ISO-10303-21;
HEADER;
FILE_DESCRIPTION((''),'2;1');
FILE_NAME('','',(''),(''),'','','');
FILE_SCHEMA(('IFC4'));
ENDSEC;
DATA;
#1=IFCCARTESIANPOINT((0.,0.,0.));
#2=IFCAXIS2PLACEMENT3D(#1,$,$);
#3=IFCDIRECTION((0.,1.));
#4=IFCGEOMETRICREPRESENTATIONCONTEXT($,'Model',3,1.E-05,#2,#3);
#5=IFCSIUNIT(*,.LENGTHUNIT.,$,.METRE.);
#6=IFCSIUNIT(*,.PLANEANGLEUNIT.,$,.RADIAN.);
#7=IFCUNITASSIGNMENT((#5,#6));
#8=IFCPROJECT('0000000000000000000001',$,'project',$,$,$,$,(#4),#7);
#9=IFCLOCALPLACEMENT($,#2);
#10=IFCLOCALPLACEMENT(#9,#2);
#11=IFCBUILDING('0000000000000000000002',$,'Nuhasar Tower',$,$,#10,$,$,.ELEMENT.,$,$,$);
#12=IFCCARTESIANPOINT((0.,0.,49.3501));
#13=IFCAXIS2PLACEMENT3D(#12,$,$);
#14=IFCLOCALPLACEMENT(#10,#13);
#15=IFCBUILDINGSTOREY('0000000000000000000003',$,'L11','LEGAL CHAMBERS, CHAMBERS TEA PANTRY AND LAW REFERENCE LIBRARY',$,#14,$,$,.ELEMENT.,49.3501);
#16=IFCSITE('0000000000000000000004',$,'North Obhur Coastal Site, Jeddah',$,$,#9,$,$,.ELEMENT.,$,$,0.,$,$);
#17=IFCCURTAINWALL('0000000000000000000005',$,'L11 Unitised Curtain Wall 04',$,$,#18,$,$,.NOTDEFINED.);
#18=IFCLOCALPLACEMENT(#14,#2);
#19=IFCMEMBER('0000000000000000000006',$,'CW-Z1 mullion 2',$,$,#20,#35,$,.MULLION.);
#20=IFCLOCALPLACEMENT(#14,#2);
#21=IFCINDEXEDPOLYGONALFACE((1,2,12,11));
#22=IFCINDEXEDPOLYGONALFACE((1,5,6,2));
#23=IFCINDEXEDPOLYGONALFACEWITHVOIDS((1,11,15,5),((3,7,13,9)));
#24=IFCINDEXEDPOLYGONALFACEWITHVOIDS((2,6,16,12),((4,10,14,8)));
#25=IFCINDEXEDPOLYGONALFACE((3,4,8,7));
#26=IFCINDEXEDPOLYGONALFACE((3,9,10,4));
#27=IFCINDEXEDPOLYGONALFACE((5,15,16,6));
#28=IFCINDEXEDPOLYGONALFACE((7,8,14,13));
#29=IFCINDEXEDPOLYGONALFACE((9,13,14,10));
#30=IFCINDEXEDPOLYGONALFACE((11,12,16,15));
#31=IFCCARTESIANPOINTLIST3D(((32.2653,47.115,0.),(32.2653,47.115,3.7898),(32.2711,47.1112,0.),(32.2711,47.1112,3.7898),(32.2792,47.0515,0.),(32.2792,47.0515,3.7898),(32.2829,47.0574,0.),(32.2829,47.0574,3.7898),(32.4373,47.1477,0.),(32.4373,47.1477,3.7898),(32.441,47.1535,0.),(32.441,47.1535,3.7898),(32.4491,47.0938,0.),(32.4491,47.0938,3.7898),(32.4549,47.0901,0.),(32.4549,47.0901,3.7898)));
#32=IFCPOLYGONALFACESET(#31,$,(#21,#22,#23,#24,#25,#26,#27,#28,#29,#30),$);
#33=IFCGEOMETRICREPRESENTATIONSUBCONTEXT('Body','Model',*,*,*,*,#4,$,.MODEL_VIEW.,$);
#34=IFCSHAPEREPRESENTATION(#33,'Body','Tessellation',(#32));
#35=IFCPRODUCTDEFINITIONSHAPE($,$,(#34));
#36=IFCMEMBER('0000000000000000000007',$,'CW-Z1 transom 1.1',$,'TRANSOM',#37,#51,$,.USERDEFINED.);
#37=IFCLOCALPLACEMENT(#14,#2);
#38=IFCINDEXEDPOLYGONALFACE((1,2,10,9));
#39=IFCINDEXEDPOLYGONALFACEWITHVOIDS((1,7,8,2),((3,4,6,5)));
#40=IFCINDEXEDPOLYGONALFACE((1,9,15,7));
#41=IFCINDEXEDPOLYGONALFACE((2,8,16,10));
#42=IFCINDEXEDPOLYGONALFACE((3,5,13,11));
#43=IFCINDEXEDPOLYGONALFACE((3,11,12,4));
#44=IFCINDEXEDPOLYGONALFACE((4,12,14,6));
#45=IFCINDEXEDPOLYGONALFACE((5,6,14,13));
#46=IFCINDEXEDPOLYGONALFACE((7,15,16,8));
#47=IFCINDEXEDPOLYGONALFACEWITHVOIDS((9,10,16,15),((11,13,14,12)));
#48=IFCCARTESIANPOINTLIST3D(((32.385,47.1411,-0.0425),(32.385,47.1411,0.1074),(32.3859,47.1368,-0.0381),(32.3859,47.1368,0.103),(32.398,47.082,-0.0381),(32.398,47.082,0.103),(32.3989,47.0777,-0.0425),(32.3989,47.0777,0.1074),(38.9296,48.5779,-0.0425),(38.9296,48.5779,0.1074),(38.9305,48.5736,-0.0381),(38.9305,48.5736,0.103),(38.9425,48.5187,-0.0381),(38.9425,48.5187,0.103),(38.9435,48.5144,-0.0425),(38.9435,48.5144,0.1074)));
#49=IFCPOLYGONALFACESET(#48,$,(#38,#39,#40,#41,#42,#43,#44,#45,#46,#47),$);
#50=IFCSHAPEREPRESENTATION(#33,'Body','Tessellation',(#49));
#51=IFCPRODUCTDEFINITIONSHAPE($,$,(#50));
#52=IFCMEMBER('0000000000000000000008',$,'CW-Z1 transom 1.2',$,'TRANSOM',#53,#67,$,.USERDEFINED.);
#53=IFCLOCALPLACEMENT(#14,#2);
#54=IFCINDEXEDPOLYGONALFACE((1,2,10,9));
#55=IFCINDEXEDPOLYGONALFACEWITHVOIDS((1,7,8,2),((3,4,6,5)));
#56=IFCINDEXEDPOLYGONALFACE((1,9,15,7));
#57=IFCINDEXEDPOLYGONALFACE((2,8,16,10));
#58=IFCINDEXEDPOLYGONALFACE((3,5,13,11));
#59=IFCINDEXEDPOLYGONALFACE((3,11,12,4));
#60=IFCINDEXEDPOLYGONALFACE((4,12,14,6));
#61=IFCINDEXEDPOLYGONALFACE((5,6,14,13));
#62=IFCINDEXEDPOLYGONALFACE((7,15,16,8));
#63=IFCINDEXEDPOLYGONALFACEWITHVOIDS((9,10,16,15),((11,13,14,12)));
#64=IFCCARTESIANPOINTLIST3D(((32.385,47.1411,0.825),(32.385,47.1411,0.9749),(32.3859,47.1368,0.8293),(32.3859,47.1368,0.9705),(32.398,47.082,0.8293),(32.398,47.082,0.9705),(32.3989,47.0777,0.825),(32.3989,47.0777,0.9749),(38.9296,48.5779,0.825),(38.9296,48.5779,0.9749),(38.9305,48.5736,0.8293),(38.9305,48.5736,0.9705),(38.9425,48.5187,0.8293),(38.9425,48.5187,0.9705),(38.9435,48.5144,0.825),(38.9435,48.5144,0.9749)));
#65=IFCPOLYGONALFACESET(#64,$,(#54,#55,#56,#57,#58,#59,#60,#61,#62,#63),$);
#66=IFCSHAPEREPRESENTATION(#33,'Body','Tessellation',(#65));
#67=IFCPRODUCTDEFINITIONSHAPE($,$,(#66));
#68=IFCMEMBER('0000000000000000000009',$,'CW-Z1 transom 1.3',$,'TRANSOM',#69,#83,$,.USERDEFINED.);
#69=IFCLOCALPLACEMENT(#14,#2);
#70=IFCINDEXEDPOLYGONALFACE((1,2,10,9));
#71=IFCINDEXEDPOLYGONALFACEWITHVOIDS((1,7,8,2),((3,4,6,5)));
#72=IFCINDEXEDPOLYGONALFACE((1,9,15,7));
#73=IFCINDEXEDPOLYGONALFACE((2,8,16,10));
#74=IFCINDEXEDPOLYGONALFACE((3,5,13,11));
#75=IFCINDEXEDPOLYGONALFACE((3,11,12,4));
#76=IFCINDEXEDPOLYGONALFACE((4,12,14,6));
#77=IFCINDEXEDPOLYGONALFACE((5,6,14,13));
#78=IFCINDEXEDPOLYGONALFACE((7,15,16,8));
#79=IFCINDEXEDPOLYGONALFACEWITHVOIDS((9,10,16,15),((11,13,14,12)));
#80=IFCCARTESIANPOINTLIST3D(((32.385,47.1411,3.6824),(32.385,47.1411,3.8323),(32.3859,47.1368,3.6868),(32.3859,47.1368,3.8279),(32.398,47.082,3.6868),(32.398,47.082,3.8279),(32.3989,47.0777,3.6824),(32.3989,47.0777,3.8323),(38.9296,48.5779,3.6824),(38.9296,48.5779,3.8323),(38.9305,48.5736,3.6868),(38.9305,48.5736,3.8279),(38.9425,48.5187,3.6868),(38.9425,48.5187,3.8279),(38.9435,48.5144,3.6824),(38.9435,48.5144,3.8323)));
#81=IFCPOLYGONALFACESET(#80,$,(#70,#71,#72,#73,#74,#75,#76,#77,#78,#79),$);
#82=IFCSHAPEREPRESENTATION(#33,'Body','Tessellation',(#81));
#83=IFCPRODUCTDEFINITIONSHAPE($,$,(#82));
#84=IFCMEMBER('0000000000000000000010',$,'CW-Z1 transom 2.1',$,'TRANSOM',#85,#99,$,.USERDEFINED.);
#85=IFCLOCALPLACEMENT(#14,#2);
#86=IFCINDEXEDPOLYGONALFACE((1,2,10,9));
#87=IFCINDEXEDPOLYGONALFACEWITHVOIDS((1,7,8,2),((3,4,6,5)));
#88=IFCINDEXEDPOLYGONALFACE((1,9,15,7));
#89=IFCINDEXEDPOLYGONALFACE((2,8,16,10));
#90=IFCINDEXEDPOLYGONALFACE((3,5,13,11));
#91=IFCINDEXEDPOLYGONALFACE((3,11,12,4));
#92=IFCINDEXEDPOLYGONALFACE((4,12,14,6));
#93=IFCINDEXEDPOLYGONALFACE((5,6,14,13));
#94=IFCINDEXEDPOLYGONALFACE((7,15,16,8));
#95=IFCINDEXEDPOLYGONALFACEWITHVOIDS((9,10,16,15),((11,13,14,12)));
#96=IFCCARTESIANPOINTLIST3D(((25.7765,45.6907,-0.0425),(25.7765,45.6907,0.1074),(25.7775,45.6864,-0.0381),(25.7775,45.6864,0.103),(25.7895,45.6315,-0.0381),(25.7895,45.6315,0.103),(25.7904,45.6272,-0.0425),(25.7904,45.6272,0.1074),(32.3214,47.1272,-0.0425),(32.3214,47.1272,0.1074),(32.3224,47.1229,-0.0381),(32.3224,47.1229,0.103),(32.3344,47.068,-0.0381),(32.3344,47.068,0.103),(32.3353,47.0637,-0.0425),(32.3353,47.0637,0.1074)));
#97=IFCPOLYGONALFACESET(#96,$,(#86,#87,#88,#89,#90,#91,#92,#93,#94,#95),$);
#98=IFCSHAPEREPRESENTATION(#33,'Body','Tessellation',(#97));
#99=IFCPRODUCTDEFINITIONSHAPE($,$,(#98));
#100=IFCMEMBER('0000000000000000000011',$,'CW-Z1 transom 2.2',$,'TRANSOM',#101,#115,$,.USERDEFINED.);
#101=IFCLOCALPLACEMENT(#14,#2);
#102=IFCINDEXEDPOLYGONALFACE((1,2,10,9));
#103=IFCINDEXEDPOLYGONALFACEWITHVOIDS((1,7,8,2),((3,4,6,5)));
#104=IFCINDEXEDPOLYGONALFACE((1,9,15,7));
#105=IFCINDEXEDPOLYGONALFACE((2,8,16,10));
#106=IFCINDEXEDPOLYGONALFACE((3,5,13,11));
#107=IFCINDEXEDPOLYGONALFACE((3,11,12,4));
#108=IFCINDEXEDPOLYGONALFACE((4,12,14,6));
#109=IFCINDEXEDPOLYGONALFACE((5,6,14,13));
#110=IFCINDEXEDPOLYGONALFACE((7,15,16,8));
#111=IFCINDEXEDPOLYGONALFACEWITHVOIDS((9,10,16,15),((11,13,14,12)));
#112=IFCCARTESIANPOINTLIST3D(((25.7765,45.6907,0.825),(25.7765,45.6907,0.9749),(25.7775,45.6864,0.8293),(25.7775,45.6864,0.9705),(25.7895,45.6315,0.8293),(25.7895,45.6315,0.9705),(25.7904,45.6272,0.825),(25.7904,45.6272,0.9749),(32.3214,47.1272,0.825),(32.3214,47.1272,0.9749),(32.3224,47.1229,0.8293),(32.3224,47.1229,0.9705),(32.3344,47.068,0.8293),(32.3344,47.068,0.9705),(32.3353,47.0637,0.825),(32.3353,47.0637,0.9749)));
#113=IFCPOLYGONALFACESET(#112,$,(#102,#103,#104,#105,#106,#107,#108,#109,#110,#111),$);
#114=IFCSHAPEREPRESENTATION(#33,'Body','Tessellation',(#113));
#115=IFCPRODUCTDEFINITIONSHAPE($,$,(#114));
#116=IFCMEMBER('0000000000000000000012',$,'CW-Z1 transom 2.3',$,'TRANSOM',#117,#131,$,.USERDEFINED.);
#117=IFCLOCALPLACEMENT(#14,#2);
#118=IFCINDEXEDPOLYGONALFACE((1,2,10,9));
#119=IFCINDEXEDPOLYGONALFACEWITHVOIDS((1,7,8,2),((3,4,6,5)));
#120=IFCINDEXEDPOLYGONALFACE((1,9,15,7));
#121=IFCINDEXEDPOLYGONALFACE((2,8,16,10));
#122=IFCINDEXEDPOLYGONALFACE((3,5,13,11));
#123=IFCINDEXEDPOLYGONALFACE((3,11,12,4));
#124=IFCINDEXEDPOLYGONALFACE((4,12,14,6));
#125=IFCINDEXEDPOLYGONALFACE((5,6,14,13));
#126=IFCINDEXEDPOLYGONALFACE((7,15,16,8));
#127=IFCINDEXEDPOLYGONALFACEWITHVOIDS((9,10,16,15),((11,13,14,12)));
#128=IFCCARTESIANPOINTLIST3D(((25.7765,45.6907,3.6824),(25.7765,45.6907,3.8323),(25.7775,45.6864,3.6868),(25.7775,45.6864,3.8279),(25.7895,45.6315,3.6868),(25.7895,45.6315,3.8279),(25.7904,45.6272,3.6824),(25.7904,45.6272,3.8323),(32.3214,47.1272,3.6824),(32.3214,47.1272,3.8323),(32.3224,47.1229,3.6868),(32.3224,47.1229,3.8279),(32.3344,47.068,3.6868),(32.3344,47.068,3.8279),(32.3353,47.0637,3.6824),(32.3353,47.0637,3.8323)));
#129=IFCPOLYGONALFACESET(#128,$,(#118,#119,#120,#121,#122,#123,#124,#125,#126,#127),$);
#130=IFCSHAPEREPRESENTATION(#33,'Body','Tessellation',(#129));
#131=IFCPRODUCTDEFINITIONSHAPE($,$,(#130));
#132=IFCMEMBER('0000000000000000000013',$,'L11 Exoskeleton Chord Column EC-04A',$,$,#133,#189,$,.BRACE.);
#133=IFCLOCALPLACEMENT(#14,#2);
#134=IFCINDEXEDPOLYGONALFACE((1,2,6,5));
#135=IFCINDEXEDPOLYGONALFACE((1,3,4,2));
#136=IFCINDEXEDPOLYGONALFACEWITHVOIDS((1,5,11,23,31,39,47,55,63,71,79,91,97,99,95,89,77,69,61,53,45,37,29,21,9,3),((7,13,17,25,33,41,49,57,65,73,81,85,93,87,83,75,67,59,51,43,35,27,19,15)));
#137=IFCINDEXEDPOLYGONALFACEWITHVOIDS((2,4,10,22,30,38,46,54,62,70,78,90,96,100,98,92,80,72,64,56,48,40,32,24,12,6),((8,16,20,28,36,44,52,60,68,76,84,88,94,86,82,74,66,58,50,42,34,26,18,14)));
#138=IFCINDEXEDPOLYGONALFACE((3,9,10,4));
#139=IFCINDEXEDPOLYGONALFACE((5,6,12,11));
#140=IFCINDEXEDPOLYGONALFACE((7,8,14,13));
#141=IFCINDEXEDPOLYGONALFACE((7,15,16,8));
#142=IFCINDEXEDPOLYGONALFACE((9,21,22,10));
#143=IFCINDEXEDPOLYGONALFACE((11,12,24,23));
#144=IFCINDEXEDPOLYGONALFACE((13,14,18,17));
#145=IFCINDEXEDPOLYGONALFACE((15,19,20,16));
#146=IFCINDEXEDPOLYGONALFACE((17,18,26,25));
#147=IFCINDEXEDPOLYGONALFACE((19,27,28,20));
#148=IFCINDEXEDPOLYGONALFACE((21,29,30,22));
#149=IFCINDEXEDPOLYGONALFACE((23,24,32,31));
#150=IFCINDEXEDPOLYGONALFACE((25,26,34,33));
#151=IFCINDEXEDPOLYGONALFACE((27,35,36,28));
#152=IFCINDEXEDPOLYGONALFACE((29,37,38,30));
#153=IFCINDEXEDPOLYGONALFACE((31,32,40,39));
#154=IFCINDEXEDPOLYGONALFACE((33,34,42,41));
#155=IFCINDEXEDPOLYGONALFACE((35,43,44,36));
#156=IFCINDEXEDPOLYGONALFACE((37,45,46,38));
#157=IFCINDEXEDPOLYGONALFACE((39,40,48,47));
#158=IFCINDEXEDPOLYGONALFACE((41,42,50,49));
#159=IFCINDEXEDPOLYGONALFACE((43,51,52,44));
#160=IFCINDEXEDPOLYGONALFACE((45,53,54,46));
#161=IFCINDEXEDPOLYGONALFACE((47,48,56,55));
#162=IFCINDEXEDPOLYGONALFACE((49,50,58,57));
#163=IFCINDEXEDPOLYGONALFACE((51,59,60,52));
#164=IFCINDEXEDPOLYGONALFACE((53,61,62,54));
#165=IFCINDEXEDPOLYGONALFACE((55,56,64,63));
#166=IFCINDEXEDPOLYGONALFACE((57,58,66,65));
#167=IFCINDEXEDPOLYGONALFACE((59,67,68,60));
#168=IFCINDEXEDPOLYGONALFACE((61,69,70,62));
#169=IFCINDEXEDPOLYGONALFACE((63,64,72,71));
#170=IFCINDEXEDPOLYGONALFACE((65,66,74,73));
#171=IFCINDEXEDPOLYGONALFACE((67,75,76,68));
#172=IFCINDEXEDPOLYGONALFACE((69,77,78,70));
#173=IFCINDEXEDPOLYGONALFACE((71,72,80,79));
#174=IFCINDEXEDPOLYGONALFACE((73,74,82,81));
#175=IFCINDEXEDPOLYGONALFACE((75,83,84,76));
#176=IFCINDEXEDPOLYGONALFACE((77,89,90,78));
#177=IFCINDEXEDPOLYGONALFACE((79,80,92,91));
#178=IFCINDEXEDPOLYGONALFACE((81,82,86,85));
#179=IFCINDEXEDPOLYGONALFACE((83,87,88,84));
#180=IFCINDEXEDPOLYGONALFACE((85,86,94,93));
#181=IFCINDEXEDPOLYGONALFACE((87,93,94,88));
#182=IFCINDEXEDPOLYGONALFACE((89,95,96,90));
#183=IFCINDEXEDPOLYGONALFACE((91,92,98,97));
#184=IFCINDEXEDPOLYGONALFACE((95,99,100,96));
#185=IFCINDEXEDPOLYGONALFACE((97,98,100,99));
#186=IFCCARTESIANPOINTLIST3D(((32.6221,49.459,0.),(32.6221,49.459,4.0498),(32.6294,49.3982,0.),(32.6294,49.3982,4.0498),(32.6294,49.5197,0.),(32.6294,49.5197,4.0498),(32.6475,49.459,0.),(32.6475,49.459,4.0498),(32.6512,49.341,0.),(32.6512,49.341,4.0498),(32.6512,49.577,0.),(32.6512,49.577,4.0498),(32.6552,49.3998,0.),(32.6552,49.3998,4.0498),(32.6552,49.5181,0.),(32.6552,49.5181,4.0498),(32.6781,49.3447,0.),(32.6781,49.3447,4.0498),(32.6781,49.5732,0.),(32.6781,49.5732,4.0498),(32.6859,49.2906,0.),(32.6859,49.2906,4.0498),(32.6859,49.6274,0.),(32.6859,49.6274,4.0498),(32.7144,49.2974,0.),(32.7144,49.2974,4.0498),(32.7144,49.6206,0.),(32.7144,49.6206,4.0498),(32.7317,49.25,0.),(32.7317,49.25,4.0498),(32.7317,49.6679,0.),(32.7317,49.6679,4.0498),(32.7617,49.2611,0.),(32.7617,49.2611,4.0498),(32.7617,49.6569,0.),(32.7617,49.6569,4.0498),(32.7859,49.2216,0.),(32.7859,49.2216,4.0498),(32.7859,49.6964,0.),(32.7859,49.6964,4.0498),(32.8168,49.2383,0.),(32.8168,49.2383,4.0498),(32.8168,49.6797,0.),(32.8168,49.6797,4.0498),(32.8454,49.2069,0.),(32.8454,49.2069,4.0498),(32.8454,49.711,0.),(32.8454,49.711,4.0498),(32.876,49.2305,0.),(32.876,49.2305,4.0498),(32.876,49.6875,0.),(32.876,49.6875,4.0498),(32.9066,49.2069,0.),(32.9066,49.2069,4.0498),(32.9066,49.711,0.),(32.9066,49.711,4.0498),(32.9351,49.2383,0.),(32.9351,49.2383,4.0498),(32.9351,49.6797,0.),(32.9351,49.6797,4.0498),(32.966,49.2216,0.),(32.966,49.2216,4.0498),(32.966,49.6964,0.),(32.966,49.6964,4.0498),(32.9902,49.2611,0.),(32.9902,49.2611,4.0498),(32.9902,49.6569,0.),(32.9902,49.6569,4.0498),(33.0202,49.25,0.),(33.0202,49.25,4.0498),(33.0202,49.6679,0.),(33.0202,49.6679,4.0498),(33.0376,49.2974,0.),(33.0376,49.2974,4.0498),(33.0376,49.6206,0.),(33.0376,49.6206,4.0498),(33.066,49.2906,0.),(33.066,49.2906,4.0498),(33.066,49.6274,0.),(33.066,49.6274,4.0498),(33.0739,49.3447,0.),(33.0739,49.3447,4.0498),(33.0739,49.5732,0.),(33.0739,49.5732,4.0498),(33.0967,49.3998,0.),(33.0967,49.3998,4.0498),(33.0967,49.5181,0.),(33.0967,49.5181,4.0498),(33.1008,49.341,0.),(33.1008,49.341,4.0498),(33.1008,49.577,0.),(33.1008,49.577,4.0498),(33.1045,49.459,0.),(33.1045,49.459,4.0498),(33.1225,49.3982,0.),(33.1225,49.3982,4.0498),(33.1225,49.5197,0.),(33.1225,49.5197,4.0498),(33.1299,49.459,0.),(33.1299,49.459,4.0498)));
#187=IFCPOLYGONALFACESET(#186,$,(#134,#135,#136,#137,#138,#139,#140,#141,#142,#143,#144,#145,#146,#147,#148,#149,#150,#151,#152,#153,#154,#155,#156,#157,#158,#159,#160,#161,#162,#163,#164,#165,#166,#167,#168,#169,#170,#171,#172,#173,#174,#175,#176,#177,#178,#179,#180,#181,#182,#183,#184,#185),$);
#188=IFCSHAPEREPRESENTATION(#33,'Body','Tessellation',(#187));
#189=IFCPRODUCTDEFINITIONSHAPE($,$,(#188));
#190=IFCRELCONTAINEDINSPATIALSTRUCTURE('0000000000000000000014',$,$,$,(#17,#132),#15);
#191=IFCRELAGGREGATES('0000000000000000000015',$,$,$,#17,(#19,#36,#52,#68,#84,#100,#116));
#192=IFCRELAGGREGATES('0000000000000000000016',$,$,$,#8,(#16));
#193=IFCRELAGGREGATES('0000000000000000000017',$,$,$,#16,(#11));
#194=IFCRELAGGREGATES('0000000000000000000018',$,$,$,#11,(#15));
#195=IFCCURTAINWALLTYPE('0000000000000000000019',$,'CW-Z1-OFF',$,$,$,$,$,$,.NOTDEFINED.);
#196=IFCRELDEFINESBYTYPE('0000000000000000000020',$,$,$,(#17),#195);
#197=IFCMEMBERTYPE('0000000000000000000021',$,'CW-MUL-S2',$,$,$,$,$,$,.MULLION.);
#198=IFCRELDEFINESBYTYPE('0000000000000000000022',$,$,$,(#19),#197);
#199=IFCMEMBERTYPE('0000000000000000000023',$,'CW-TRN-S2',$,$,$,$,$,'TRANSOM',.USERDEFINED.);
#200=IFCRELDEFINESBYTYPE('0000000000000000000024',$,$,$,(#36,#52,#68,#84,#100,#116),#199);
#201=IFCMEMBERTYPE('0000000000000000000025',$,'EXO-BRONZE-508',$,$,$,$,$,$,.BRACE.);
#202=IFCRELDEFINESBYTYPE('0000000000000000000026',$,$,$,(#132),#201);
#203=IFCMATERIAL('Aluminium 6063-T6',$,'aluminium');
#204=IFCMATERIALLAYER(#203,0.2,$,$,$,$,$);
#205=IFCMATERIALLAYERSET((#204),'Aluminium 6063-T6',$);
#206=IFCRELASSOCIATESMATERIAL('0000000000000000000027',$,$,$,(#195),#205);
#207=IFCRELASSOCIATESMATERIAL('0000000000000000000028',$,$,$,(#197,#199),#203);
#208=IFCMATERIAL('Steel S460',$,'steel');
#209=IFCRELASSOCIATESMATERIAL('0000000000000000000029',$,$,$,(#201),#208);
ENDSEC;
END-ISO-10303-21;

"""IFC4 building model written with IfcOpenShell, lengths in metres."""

from ifc_helpers import new_model, si_unit, direction, frame, origin, origin_2d, place, context, subcontext, project, spatial, hollow_rectangle, hollow_circle, extrude, material, layer, layer_set, material_profile, profile_set, type_object, element, aggregate, save


model = new_model("IFC4")

# Units and contexts
model_context = context("Model", 3, precision=1e-05, world=origin(), true_north=direction((0.0, 1.0)))
body_context = subcontext(model_context, "Body", "Model", "MODEL_VIEW")
ifc_project = project(units=[si_unit("LENGTHUNIT", "METRE"), si_unit("PLANEANGLEUNIT", "RADIAN")], contexts=[model_context])

# Site, building, storey
site_placement = place(None, origin())
site = spatial("IfcSite", under=ifc_project, at=site_placement, Name="North Obhur Coastal Site, Jeddah", CompositionType="ELEMENT", RefElevation=0.0)
building_placement = place(site_placement, origin())
building = spatial("IfcBuilding", under=site, at=building_placement, Name="Nuhasar Tower", CompositionType="ELEMENT")
storey_placement = place(building_placement, frame((0.0, 0.0, 49.3501)))
storey = spatial("IfcBuildingStorey", under=building, at=storey_placement, Name="L11", Description="LEGAL CHAMBERS, CHAMBERS TEA PANTRY AND LAW REFERENCE LIBRARY", CompositionType="ELEMENT", Elevation=49.3501)

# Curtain wall, members
ifc_material_1 = material(Name="Aluminium 6063-T6", Category="aluminium")
ifc_layer_1 = layer(ifc_material_1, 0.2)
ifc_layer_set_1 = layer_set([ifc_layer_1], Name="Aluminium 6063-T6")
curtain_wall_type = type_object("IfcCurtainWallType", Name="CW-Z1-OFF", PredefinedType="NOTDEFINED", material=ifc_layer_set_1)
curtain_wall_placement = place(storey_placement, origin())
curtain_wall = element("IfcCurtainWall", 1, at=curtain_wall_placement, inside=storey, type_object=curtain_wall_type, Name="L11 Unitised Curtain Wall 04", PredefinedType="NOTDEFINED")
ifc_material_profile_1 = material_profile(ifc_material_1, hollow_rectangle(XDim=0.0649, YDim=0.1799, WallThickness=0.0049, at=origin_2d()), Name="CWM-2")
ifc_profile_set_1 = profile_set([ifc_material_profile_1], Name="Aluminium 6063-T6")
member_type_1 = type_object("IfcMemberType", Name="CW-MUL-S2", PredefinedType="MULLION", material=ifc_profile_set_1)
member_1_placement = place(storey_placement, frame((32.3601, 47.1025, 0.0), z_axis=(0.0, 0.0, 1.0), x_axis=(0.214399, -0.976746, 0.0)))
member_1 = element("IfcMember", 2, at=member_1_placement, type_object=member_type_1, Name="CW-Z1 mullion 2", PredefinedType="MULLION", context=body_context, shape_type="SweptSolid", body=[
    extrude(hollow_rectangle(XDim=0.0649, YDim=0.1799, WallThickness=0.0049, at=origin_2d()), origin(), (0.0, 0.0, 1.0), 3.7898),
])
ifc_material_profile_2 = material_profile(ifc_material_1, hollow_rectangle(XDim=0.0649, YDim=0.1499, WallThickness=0.0044, at=origin_2d()), Name="CWT-2")
ifc_profile_set_2 = profile_set([ifc_material_profile_2], Name="Aluminium 6063-T6")
member_type_2 = type_object("IfcMemberType", Name="CW-TRN-S2", ElementType="TRANSOM", PredefinedType="USERDEFINED", material=ifc_profile_set_2)
member_2_placement = place(storey_placement, frame((38.9365, 48.5461, 0.0325), z_axis=(-0.97674, -0.214426, 0.0), x_axis=(0.214426, -0.97674, 0.0)))
member_2 = element("IfcMember", 3, at=member_2_placement, type_object=member_type_2, Name="CW-Z1 transom 1.1", ObjectType="TRANSOM", PredefinedType="USERDEFINED", context=body_context, shape_type="SweptSolid", body=[
    extrude(hollow_rectangle(XDim=0.0649, YDim=0.1499, WallThickness=0.0044, at=origin_2d()), origin(), (0.0, 0.0, 1.0), 6.7004),
])
member_3_placement = place(storey_placement, frame((38.9365, 48.5461, 0.8999), z_axis=(-0.97674, -0.214426, 0.0), x_axis=(0.214426, -0.97674, 0.0)))
member_3 = element("IfcMember", 4, at=member_3_placement, type_object=member_type_2, Name="CW-Z1 transom 1.2", ObjectType="TRANSOM", PredefinedType="USERDEFINED", context=body_context, shape_type="SweptSolid", body=[
    extrude(hollow_rectangle(XDim=0.0649, YDim=0.1499, WallThickness=0.0044, at=origin_2d()), origin(), (0.0, 0.0, 1.0), 6.7004),
])
member_4_placement = place(storey_placement, frame((38.9365, 48.5461, 3.7573), z_axis=(-0.97674, -0.214426, 0.0), x_axis=(0.214426, -0.97674, 0.0)))
member_4 = element("IfcMember", 5, at=member_4_placement, type_object=member_type_2, Name="CW-Z1 transom 1.3", ObjectType="TRANSOM", PredefinedType="USERDEFINED", context=body_context, shape_type="SweptSolid", body=[
    extrude(hollow_rectangle(XDim=0.0649, YDim=0.1499, WallThickness=0.0044, at=origin_2d()), origin(), (0.0, 0.0, 1.0), 6.7004),
])
member_5_placement = place(storey_placement, frame((32.3284, 47.0955, 0.0325), z_axis=(-0.97675, -0.214384, 0.0), x_axis=(0.214384, -0.97675, 0.0)))
member_5 = element("IfcMember", 6, at=member_5_placement, type_object=member_type_2, Name="CW-Z1 transom 2.1", ObjectType="TRANSOM", PredefinedType="USERDEFINED", context=body_context, shape_type="SweptSolid", body=[
    extrude(hollow_rectangle(XDim=0.0649, YDim=0.1499, WallThickness=0.0044, at=origin_2d()), origin(), (0.0, 0.0, 1.0), 6.7007),
])
member_6_placement = place(storey_placement, frame((32.3284, 47.0955, 0.8999), z_axis=(-0.97675, -0.214384, 0.0), x_axis=(0.214384, -0.97675, 0.0)))
member_6 = element("IfcMember", 7, at=member_6_placement, type_object=member_type_2, Name="CW-Z1 transom 2.2", ObjectType="TRANSOM", PredefinedType="USERDEFINED", context=body_context, shape_type="SweptSolid", body=[
    extrude(hollow_rectangle(XDim=0.0649, YDim=0.1499, WallThickness=0.0044, at=origin_2d()), origin(), (0.0, 0.0, 1.0), 6.7007),
])
member_7_placement = place(storey_placement, frame((32.3284, 47.0955, 3.7573), z_axis=(-0.97675, -0.214384, 0.0), x_axis=(0.214384, -0.97675, 0.0)))
member_7 = element("IfcMember", 8, at=member_7_placement, type_object=member_type_2, Name="CW-Z1 transom 2.3", ObjectType="TRANSOM", PredefinedType="USERDEFINED", context=body_context, shape_type="SweptSolid", body=[
    extrude(hollow_rectangle(XDim=0.0649, YDim=0.1499, WallThickness=0.0044, at=origin_2d()), origin(), (0.0, 0.0, 1.0), 6.7007),
])

# Member
ifc_material_2 = material(Name="Steel S460", Category="steel")
ifc_material_profile_3 = material_profile(ifc_material_2, hollow_circle(Radius=0.2539, WallThickness=0.0254, at=origin_2d()), Name="HSS508X25.4")
ifc_profile_set_3 = profile_set([ifc_material_profile_3], Name="Steel S460")
member_type_3 = type_object("IfcMemberType", Name="EXO-BRONZE-508", PredefinedType="BRACE", material=ifc_profile_set_3)
for number, where, z_axis, x_axis, name in (
    (9, (32.876, 49.459, 0.0), (0.0, 0.0, 1.0), (1.0, 0.0, 0.0), "L11 Exoskeleton Chord Column EC-04A"),
):
    element("IfcMember", number, at=place(storey_placement, frame(where, z_axis=z_axis, x_axis=x_axis)), inside=storey, type_object=member_type_3, Name=name, PredefinedType="BRACE", context=body_context, shape_type="SweptSolid", body=[
        extrude(hollow_circle(Radius=0.2539, WallThickness=0.0254, at=origin_2d()), origin(), (0.0, 0.0, 1.0), 4.0498),
    ])

aggregate(curtain_wall, [member_1, member_2, member_3, member_4, member_5, member_6, member_7])

save(model, "model.ifc")
